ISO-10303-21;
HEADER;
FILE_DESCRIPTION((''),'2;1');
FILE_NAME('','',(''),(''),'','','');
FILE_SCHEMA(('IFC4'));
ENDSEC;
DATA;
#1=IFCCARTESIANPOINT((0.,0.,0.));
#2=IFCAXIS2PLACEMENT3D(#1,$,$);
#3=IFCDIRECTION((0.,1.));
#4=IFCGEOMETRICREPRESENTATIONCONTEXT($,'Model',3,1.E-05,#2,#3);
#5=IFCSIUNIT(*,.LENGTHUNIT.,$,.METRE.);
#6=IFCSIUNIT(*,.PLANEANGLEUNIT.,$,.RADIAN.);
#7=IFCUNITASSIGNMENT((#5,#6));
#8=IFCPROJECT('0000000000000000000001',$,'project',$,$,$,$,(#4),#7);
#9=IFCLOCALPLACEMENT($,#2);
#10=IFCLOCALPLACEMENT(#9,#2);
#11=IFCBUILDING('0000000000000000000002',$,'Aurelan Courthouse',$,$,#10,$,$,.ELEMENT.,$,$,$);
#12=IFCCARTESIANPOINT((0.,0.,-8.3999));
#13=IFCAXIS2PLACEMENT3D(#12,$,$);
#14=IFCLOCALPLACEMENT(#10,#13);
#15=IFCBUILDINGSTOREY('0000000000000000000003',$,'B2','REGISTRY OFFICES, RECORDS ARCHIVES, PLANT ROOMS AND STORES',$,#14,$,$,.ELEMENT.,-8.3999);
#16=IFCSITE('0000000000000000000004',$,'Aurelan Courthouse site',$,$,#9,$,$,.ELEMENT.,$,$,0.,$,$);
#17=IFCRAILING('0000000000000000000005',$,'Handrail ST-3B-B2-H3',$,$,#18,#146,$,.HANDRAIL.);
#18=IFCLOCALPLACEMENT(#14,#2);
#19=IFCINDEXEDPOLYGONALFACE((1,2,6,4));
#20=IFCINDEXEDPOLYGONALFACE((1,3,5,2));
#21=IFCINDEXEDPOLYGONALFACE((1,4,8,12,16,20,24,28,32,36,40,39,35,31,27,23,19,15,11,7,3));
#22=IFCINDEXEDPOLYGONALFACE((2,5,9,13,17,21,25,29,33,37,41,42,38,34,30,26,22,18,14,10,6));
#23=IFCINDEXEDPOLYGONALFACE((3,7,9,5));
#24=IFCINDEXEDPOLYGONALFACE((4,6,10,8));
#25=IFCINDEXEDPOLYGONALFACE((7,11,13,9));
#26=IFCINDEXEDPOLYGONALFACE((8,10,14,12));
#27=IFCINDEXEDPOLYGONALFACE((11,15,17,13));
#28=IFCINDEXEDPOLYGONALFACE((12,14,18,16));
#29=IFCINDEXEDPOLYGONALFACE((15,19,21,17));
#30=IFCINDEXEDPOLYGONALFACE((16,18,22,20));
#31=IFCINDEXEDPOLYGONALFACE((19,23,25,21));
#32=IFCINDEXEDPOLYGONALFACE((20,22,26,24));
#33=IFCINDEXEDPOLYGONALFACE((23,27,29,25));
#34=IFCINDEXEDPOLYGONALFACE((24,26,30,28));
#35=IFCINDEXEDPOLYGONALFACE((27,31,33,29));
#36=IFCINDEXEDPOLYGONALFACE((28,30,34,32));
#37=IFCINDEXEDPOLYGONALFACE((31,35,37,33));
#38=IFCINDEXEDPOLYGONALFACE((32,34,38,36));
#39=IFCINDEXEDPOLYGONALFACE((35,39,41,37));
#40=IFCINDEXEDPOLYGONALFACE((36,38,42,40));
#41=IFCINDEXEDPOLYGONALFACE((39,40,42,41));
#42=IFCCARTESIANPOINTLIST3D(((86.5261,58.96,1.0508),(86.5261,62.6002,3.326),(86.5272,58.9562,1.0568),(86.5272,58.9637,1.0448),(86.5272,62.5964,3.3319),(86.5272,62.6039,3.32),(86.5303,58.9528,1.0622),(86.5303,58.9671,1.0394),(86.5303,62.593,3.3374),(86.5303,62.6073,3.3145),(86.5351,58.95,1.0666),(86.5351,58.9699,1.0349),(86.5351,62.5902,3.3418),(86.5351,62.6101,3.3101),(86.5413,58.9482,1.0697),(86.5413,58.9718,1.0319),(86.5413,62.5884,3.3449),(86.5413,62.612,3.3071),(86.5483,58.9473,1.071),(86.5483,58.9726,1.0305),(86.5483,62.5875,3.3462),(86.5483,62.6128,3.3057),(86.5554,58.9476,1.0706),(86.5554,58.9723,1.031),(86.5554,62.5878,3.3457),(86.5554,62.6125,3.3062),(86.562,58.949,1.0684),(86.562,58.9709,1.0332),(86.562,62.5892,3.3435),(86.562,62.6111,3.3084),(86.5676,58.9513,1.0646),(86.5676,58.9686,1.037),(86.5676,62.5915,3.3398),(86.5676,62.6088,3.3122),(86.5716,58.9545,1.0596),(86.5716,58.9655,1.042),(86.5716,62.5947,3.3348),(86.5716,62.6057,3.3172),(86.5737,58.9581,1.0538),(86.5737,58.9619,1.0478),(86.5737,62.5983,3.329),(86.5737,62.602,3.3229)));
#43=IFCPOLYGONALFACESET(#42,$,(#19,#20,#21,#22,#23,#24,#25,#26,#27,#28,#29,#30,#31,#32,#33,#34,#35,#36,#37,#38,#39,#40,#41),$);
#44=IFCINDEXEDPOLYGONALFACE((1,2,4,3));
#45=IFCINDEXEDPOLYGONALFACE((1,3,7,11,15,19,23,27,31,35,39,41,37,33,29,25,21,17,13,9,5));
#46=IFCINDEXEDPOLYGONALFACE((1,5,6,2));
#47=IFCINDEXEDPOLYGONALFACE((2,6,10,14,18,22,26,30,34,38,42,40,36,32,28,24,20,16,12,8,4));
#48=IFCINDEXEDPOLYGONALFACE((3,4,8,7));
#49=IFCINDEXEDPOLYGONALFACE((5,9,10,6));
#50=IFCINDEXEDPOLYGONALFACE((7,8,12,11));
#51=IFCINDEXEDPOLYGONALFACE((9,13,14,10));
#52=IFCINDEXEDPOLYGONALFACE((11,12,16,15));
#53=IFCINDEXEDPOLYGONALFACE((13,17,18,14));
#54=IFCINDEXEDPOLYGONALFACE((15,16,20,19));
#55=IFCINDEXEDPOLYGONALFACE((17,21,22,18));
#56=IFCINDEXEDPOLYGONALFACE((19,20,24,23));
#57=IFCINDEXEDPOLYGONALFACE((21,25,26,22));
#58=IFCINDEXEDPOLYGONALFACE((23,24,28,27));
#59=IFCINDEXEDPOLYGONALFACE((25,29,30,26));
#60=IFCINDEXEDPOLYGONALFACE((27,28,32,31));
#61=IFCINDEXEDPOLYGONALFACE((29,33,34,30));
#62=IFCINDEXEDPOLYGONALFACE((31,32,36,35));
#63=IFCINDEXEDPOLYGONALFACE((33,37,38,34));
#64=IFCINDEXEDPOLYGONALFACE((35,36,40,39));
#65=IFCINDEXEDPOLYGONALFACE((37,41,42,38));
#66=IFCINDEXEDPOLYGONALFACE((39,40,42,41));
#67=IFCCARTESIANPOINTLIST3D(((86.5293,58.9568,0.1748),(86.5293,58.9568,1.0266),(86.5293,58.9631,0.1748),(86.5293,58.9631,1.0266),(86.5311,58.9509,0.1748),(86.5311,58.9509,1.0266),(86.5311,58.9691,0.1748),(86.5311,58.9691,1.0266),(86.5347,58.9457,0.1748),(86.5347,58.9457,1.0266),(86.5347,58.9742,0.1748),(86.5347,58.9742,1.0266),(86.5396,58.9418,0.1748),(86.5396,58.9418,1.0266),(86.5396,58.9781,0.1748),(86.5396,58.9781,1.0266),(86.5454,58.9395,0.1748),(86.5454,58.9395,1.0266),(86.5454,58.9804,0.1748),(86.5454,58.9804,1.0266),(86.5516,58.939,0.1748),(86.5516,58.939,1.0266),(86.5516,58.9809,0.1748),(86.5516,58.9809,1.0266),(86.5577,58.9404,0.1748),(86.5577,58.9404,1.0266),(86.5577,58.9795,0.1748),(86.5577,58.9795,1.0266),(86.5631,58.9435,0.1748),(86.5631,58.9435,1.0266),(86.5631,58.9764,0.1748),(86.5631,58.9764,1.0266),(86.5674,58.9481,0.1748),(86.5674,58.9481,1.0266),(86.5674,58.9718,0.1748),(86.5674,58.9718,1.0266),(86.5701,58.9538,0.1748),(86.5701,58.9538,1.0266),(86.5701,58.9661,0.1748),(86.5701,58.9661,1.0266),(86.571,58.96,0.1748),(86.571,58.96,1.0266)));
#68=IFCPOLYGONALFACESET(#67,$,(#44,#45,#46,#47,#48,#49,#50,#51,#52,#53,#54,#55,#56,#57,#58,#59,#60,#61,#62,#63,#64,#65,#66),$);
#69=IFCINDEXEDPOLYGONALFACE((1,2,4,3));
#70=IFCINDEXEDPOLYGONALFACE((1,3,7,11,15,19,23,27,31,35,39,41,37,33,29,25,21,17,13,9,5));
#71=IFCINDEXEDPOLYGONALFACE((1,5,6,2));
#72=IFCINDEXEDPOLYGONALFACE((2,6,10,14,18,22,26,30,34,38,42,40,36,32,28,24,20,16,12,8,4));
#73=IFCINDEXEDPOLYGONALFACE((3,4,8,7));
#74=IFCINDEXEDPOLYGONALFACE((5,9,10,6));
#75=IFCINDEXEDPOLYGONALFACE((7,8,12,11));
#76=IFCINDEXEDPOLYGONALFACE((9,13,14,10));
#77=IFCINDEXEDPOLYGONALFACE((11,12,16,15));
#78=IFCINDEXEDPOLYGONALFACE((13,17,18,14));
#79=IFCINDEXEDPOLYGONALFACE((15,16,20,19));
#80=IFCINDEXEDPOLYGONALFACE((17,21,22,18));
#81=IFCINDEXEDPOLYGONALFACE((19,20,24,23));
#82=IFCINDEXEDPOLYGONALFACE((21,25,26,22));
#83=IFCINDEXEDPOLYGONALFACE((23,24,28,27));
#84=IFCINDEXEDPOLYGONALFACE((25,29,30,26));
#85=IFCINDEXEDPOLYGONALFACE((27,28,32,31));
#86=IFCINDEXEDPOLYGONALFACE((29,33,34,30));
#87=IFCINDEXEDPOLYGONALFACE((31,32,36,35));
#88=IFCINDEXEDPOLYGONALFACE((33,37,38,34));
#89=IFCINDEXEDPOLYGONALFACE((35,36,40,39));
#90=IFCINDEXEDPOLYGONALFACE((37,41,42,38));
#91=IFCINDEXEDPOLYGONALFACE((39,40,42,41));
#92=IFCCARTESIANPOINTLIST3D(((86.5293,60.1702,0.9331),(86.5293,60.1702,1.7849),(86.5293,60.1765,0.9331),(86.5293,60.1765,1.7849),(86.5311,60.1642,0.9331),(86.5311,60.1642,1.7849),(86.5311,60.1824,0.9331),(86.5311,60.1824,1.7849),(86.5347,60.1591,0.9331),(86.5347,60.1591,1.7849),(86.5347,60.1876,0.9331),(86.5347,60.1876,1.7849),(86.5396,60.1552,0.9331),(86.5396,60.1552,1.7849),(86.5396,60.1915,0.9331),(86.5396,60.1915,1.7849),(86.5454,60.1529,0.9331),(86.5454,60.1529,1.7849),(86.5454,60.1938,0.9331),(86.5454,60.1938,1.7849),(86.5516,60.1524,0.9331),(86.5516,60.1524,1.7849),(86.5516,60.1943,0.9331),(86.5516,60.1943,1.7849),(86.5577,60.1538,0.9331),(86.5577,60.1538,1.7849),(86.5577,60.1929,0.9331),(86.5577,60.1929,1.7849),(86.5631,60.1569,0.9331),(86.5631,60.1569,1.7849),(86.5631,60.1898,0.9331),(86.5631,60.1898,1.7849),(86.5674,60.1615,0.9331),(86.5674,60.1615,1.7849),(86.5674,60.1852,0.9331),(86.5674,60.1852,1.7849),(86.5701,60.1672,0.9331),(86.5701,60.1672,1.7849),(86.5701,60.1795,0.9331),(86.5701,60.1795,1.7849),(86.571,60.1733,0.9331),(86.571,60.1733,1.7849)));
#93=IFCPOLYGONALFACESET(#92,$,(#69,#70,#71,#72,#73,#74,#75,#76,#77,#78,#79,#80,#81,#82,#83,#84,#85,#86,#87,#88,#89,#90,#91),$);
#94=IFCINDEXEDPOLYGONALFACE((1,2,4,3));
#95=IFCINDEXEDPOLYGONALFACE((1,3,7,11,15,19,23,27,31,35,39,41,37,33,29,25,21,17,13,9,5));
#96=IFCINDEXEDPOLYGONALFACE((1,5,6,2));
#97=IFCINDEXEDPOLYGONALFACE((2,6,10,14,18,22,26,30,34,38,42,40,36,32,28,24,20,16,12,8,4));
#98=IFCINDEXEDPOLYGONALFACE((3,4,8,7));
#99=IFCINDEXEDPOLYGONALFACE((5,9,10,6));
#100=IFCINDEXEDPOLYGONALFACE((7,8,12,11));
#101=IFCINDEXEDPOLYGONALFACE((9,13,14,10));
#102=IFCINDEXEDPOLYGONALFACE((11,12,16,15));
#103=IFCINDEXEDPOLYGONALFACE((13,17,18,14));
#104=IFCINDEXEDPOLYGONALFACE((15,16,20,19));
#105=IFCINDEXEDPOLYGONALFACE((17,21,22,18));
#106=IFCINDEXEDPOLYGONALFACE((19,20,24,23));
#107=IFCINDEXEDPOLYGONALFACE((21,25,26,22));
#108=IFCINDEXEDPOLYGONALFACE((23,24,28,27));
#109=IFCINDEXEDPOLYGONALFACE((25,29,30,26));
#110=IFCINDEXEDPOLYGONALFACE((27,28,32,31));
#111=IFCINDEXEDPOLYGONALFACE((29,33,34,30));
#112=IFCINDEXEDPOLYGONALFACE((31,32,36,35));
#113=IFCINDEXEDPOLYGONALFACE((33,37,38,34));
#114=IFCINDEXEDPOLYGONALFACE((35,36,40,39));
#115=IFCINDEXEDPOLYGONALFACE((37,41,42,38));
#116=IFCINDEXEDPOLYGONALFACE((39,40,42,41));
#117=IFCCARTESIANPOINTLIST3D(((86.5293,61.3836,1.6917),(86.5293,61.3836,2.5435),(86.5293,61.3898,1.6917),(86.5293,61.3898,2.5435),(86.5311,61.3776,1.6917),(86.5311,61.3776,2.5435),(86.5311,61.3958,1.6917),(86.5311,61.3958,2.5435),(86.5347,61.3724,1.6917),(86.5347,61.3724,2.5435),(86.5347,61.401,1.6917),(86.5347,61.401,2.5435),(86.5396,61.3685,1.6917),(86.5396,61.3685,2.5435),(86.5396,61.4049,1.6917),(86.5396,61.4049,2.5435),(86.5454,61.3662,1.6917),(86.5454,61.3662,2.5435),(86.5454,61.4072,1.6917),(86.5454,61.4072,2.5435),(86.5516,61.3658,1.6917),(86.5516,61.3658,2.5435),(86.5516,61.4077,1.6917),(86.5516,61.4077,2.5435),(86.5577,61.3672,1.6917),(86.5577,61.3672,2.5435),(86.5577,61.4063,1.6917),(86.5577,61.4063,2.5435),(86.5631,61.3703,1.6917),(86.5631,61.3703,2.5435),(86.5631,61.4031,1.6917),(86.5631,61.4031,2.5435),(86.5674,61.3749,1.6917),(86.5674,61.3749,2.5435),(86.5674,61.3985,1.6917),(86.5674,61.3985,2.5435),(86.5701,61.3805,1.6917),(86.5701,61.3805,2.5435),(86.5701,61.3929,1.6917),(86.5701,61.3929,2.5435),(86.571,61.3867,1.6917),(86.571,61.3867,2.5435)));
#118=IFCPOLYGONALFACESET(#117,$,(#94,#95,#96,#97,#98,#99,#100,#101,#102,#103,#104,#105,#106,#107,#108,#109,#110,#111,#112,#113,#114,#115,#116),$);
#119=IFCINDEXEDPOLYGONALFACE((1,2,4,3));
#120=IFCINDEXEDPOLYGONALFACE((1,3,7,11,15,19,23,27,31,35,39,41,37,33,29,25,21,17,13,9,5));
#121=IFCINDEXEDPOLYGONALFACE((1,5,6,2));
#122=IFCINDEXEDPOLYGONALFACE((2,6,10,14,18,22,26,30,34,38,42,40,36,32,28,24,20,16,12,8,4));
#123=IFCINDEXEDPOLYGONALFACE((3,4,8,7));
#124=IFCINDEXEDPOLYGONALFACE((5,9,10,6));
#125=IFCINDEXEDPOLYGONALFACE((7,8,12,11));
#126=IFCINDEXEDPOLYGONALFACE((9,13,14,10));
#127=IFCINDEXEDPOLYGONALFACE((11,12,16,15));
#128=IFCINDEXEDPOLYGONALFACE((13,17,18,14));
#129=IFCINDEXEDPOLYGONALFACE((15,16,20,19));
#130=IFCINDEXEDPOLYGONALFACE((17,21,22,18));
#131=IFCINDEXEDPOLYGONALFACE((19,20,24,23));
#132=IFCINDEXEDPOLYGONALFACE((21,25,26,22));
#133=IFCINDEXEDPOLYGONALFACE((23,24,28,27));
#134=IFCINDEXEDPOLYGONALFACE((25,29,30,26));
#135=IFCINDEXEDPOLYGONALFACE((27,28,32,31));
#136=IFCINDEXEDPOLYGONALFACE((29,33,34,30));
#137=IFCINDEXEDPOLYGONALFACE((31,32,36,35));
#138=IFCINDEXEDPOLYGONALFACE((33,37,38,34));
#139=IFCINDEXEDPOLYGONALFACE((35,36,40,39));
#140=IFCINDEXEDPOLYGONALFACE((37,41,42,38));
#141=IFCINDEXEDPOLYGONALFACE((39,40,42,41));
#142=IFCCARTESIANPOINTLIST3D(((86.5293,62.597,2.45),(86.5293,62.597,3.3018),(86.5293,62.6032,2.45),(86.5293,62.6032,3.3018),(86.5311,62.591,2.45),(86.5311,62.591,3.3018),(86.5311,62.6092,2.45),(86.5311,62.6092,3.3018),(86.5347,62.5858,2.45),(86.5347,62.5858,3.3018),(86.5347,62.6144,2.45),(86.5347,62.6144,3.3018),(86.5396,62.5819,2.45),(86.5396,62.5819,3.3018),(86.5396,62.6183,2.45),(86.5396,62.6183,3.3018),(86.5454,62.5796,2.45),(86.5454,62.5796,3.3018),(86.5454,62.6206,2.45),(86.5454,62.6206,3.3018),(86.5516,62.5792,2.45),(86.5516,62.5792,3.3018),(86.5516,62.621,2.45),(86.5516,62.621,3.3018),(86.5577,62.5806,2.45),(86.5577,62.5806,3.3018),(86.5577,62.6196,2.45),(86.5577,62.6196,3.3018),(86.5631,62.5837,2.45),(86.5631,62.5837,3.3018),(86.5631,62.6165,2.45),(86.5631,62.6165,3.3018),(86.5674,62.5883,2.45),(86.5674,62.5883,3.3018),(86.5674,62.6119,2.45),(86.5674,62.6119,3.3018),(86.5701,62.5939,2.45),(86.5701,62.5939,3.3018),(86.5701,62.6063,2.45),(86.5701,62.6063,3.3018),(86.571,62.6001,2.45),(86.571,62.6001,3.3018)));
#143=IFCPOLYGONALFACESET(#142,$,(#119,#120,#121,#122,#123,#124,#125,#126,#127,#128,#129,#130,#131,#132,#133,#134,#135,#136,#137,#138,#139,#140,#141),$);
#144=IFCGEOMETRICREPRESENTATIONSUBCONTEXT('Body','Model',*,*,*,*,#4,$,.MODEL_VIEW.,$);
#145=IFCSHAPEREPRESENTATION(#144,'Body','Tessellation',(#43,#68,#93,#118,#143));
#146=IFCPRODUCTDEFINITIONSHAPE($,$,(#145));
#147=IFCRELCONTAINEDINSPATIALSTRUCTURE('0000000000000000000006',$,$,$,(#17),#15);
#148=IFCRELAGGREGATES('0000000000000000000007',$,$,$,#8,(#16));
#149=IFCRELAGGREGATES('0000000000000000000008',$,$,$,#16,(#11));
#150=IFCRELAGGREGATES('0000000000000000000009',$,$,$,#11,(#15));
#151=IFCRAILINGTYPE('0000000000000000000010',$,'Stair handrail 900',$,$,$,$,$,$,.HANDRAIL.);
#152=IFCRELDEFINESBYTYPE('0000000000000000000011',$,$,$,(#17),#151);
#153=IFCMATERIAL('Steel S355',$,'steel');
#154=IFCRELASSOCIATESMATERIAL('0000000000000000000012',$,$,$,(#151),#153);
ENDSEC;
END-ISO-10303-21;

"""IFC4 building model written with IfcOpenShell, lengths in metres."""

from ifc_helpers import new_model, si_unit, direction, frame, origin, origin_2d, place, context, subcontext, project, spatial, circle, extrude, material, type_object, element, save


model = new_model("IFC4")

# Units and contexts
model_context = context("Model", 3, precision=1e-05, world=origin(), true_north=direction((0.0, 1.0)))
body_context = subcontext(model_context, "Body", "Model", "MODEL_VIEW")
ifc_project = project(units=[si_unit("LENGTHUNIT", "METRE"), si_unit("PLANEANGLEUNIT", "RADIAN")], contexts=[model_context])

# Site, building, storey
site_placement = place(None, origin())
site = spatial("IfcSite", under=ifc_project, at=site_placement, Name="Aurelan Courthouse site", CompositionType="ELEMENT", RefElevation=0.0)
building_placement = place(site_placement, origin())
building = spatial("IfcBuilding", under=site, at=building_placement, Name="Aurelan Courthouse", CompositionType="ELEMENT")
storey_placement = place(building_placement, frame((0.0, 0.0, -8.3999)))
storey = spatial("IfcBuildingStorey", under=building, at=storey_placement, Name="B2", Description="REGISTRY OFFICES, RECORDS ARCHIVES, PLANT ROOMS AND STORES", CompositionType="ELEMENT", Elevation=-8.3999)

# Railing
ifc_material_1 = material(Name="Steel S355", Category="steel")
railing_type_1 = type_object("IfcRailingType", Name="Stair handrail 900", PredefinedType="HANDRAIL", material=ifc_material_1)
for number, where, name in (
    (1, (86.55, 58.96, 0.1748), "Handrail ST-3B-B2-H3"),
):
    element("IfcRailing", number, at=place(storey_placement, frame(where)), inside=storey, type_object=railing_type_1, Name=name, PredefinedType="HANDRAIL", context=body_context, shape_type="SweptSolid", body=[
        extrude(circle(Radius=0.0239, at=origin_2d()), frame((0.0, 0.0, 0.876), z_axis=(0.0, 0.847992, 0.530009), x_axis=(-1.0, 0.0, 0.0)), (0.0, 0.0, 1.0), 4.2927),
        extrude(circle(Radius=0.021, at=origin_2d()), origin(), (0.0, 0.0, 1.0), 0.8518),
        extrude(circle(Radius=0.021, at=origin_2d()), frame((0.0, 1.2134, 0.7583)), (0.0, 0.0, 1.0), 0.8518),
        extrude(circle(Radius=0.021, at=origin_2d()), frame((0.0, 2.4268, 1.5168)), (0.0, 0.0, 1.0), 0.8518),
        extrude(circle(Radius=0.021, at=origin_2d()), frame((0.0, 3.6401, 2.2751)), (0.0, 0.0, 1.0), 0.8518),
    ])

save(model, "model.ifc")
